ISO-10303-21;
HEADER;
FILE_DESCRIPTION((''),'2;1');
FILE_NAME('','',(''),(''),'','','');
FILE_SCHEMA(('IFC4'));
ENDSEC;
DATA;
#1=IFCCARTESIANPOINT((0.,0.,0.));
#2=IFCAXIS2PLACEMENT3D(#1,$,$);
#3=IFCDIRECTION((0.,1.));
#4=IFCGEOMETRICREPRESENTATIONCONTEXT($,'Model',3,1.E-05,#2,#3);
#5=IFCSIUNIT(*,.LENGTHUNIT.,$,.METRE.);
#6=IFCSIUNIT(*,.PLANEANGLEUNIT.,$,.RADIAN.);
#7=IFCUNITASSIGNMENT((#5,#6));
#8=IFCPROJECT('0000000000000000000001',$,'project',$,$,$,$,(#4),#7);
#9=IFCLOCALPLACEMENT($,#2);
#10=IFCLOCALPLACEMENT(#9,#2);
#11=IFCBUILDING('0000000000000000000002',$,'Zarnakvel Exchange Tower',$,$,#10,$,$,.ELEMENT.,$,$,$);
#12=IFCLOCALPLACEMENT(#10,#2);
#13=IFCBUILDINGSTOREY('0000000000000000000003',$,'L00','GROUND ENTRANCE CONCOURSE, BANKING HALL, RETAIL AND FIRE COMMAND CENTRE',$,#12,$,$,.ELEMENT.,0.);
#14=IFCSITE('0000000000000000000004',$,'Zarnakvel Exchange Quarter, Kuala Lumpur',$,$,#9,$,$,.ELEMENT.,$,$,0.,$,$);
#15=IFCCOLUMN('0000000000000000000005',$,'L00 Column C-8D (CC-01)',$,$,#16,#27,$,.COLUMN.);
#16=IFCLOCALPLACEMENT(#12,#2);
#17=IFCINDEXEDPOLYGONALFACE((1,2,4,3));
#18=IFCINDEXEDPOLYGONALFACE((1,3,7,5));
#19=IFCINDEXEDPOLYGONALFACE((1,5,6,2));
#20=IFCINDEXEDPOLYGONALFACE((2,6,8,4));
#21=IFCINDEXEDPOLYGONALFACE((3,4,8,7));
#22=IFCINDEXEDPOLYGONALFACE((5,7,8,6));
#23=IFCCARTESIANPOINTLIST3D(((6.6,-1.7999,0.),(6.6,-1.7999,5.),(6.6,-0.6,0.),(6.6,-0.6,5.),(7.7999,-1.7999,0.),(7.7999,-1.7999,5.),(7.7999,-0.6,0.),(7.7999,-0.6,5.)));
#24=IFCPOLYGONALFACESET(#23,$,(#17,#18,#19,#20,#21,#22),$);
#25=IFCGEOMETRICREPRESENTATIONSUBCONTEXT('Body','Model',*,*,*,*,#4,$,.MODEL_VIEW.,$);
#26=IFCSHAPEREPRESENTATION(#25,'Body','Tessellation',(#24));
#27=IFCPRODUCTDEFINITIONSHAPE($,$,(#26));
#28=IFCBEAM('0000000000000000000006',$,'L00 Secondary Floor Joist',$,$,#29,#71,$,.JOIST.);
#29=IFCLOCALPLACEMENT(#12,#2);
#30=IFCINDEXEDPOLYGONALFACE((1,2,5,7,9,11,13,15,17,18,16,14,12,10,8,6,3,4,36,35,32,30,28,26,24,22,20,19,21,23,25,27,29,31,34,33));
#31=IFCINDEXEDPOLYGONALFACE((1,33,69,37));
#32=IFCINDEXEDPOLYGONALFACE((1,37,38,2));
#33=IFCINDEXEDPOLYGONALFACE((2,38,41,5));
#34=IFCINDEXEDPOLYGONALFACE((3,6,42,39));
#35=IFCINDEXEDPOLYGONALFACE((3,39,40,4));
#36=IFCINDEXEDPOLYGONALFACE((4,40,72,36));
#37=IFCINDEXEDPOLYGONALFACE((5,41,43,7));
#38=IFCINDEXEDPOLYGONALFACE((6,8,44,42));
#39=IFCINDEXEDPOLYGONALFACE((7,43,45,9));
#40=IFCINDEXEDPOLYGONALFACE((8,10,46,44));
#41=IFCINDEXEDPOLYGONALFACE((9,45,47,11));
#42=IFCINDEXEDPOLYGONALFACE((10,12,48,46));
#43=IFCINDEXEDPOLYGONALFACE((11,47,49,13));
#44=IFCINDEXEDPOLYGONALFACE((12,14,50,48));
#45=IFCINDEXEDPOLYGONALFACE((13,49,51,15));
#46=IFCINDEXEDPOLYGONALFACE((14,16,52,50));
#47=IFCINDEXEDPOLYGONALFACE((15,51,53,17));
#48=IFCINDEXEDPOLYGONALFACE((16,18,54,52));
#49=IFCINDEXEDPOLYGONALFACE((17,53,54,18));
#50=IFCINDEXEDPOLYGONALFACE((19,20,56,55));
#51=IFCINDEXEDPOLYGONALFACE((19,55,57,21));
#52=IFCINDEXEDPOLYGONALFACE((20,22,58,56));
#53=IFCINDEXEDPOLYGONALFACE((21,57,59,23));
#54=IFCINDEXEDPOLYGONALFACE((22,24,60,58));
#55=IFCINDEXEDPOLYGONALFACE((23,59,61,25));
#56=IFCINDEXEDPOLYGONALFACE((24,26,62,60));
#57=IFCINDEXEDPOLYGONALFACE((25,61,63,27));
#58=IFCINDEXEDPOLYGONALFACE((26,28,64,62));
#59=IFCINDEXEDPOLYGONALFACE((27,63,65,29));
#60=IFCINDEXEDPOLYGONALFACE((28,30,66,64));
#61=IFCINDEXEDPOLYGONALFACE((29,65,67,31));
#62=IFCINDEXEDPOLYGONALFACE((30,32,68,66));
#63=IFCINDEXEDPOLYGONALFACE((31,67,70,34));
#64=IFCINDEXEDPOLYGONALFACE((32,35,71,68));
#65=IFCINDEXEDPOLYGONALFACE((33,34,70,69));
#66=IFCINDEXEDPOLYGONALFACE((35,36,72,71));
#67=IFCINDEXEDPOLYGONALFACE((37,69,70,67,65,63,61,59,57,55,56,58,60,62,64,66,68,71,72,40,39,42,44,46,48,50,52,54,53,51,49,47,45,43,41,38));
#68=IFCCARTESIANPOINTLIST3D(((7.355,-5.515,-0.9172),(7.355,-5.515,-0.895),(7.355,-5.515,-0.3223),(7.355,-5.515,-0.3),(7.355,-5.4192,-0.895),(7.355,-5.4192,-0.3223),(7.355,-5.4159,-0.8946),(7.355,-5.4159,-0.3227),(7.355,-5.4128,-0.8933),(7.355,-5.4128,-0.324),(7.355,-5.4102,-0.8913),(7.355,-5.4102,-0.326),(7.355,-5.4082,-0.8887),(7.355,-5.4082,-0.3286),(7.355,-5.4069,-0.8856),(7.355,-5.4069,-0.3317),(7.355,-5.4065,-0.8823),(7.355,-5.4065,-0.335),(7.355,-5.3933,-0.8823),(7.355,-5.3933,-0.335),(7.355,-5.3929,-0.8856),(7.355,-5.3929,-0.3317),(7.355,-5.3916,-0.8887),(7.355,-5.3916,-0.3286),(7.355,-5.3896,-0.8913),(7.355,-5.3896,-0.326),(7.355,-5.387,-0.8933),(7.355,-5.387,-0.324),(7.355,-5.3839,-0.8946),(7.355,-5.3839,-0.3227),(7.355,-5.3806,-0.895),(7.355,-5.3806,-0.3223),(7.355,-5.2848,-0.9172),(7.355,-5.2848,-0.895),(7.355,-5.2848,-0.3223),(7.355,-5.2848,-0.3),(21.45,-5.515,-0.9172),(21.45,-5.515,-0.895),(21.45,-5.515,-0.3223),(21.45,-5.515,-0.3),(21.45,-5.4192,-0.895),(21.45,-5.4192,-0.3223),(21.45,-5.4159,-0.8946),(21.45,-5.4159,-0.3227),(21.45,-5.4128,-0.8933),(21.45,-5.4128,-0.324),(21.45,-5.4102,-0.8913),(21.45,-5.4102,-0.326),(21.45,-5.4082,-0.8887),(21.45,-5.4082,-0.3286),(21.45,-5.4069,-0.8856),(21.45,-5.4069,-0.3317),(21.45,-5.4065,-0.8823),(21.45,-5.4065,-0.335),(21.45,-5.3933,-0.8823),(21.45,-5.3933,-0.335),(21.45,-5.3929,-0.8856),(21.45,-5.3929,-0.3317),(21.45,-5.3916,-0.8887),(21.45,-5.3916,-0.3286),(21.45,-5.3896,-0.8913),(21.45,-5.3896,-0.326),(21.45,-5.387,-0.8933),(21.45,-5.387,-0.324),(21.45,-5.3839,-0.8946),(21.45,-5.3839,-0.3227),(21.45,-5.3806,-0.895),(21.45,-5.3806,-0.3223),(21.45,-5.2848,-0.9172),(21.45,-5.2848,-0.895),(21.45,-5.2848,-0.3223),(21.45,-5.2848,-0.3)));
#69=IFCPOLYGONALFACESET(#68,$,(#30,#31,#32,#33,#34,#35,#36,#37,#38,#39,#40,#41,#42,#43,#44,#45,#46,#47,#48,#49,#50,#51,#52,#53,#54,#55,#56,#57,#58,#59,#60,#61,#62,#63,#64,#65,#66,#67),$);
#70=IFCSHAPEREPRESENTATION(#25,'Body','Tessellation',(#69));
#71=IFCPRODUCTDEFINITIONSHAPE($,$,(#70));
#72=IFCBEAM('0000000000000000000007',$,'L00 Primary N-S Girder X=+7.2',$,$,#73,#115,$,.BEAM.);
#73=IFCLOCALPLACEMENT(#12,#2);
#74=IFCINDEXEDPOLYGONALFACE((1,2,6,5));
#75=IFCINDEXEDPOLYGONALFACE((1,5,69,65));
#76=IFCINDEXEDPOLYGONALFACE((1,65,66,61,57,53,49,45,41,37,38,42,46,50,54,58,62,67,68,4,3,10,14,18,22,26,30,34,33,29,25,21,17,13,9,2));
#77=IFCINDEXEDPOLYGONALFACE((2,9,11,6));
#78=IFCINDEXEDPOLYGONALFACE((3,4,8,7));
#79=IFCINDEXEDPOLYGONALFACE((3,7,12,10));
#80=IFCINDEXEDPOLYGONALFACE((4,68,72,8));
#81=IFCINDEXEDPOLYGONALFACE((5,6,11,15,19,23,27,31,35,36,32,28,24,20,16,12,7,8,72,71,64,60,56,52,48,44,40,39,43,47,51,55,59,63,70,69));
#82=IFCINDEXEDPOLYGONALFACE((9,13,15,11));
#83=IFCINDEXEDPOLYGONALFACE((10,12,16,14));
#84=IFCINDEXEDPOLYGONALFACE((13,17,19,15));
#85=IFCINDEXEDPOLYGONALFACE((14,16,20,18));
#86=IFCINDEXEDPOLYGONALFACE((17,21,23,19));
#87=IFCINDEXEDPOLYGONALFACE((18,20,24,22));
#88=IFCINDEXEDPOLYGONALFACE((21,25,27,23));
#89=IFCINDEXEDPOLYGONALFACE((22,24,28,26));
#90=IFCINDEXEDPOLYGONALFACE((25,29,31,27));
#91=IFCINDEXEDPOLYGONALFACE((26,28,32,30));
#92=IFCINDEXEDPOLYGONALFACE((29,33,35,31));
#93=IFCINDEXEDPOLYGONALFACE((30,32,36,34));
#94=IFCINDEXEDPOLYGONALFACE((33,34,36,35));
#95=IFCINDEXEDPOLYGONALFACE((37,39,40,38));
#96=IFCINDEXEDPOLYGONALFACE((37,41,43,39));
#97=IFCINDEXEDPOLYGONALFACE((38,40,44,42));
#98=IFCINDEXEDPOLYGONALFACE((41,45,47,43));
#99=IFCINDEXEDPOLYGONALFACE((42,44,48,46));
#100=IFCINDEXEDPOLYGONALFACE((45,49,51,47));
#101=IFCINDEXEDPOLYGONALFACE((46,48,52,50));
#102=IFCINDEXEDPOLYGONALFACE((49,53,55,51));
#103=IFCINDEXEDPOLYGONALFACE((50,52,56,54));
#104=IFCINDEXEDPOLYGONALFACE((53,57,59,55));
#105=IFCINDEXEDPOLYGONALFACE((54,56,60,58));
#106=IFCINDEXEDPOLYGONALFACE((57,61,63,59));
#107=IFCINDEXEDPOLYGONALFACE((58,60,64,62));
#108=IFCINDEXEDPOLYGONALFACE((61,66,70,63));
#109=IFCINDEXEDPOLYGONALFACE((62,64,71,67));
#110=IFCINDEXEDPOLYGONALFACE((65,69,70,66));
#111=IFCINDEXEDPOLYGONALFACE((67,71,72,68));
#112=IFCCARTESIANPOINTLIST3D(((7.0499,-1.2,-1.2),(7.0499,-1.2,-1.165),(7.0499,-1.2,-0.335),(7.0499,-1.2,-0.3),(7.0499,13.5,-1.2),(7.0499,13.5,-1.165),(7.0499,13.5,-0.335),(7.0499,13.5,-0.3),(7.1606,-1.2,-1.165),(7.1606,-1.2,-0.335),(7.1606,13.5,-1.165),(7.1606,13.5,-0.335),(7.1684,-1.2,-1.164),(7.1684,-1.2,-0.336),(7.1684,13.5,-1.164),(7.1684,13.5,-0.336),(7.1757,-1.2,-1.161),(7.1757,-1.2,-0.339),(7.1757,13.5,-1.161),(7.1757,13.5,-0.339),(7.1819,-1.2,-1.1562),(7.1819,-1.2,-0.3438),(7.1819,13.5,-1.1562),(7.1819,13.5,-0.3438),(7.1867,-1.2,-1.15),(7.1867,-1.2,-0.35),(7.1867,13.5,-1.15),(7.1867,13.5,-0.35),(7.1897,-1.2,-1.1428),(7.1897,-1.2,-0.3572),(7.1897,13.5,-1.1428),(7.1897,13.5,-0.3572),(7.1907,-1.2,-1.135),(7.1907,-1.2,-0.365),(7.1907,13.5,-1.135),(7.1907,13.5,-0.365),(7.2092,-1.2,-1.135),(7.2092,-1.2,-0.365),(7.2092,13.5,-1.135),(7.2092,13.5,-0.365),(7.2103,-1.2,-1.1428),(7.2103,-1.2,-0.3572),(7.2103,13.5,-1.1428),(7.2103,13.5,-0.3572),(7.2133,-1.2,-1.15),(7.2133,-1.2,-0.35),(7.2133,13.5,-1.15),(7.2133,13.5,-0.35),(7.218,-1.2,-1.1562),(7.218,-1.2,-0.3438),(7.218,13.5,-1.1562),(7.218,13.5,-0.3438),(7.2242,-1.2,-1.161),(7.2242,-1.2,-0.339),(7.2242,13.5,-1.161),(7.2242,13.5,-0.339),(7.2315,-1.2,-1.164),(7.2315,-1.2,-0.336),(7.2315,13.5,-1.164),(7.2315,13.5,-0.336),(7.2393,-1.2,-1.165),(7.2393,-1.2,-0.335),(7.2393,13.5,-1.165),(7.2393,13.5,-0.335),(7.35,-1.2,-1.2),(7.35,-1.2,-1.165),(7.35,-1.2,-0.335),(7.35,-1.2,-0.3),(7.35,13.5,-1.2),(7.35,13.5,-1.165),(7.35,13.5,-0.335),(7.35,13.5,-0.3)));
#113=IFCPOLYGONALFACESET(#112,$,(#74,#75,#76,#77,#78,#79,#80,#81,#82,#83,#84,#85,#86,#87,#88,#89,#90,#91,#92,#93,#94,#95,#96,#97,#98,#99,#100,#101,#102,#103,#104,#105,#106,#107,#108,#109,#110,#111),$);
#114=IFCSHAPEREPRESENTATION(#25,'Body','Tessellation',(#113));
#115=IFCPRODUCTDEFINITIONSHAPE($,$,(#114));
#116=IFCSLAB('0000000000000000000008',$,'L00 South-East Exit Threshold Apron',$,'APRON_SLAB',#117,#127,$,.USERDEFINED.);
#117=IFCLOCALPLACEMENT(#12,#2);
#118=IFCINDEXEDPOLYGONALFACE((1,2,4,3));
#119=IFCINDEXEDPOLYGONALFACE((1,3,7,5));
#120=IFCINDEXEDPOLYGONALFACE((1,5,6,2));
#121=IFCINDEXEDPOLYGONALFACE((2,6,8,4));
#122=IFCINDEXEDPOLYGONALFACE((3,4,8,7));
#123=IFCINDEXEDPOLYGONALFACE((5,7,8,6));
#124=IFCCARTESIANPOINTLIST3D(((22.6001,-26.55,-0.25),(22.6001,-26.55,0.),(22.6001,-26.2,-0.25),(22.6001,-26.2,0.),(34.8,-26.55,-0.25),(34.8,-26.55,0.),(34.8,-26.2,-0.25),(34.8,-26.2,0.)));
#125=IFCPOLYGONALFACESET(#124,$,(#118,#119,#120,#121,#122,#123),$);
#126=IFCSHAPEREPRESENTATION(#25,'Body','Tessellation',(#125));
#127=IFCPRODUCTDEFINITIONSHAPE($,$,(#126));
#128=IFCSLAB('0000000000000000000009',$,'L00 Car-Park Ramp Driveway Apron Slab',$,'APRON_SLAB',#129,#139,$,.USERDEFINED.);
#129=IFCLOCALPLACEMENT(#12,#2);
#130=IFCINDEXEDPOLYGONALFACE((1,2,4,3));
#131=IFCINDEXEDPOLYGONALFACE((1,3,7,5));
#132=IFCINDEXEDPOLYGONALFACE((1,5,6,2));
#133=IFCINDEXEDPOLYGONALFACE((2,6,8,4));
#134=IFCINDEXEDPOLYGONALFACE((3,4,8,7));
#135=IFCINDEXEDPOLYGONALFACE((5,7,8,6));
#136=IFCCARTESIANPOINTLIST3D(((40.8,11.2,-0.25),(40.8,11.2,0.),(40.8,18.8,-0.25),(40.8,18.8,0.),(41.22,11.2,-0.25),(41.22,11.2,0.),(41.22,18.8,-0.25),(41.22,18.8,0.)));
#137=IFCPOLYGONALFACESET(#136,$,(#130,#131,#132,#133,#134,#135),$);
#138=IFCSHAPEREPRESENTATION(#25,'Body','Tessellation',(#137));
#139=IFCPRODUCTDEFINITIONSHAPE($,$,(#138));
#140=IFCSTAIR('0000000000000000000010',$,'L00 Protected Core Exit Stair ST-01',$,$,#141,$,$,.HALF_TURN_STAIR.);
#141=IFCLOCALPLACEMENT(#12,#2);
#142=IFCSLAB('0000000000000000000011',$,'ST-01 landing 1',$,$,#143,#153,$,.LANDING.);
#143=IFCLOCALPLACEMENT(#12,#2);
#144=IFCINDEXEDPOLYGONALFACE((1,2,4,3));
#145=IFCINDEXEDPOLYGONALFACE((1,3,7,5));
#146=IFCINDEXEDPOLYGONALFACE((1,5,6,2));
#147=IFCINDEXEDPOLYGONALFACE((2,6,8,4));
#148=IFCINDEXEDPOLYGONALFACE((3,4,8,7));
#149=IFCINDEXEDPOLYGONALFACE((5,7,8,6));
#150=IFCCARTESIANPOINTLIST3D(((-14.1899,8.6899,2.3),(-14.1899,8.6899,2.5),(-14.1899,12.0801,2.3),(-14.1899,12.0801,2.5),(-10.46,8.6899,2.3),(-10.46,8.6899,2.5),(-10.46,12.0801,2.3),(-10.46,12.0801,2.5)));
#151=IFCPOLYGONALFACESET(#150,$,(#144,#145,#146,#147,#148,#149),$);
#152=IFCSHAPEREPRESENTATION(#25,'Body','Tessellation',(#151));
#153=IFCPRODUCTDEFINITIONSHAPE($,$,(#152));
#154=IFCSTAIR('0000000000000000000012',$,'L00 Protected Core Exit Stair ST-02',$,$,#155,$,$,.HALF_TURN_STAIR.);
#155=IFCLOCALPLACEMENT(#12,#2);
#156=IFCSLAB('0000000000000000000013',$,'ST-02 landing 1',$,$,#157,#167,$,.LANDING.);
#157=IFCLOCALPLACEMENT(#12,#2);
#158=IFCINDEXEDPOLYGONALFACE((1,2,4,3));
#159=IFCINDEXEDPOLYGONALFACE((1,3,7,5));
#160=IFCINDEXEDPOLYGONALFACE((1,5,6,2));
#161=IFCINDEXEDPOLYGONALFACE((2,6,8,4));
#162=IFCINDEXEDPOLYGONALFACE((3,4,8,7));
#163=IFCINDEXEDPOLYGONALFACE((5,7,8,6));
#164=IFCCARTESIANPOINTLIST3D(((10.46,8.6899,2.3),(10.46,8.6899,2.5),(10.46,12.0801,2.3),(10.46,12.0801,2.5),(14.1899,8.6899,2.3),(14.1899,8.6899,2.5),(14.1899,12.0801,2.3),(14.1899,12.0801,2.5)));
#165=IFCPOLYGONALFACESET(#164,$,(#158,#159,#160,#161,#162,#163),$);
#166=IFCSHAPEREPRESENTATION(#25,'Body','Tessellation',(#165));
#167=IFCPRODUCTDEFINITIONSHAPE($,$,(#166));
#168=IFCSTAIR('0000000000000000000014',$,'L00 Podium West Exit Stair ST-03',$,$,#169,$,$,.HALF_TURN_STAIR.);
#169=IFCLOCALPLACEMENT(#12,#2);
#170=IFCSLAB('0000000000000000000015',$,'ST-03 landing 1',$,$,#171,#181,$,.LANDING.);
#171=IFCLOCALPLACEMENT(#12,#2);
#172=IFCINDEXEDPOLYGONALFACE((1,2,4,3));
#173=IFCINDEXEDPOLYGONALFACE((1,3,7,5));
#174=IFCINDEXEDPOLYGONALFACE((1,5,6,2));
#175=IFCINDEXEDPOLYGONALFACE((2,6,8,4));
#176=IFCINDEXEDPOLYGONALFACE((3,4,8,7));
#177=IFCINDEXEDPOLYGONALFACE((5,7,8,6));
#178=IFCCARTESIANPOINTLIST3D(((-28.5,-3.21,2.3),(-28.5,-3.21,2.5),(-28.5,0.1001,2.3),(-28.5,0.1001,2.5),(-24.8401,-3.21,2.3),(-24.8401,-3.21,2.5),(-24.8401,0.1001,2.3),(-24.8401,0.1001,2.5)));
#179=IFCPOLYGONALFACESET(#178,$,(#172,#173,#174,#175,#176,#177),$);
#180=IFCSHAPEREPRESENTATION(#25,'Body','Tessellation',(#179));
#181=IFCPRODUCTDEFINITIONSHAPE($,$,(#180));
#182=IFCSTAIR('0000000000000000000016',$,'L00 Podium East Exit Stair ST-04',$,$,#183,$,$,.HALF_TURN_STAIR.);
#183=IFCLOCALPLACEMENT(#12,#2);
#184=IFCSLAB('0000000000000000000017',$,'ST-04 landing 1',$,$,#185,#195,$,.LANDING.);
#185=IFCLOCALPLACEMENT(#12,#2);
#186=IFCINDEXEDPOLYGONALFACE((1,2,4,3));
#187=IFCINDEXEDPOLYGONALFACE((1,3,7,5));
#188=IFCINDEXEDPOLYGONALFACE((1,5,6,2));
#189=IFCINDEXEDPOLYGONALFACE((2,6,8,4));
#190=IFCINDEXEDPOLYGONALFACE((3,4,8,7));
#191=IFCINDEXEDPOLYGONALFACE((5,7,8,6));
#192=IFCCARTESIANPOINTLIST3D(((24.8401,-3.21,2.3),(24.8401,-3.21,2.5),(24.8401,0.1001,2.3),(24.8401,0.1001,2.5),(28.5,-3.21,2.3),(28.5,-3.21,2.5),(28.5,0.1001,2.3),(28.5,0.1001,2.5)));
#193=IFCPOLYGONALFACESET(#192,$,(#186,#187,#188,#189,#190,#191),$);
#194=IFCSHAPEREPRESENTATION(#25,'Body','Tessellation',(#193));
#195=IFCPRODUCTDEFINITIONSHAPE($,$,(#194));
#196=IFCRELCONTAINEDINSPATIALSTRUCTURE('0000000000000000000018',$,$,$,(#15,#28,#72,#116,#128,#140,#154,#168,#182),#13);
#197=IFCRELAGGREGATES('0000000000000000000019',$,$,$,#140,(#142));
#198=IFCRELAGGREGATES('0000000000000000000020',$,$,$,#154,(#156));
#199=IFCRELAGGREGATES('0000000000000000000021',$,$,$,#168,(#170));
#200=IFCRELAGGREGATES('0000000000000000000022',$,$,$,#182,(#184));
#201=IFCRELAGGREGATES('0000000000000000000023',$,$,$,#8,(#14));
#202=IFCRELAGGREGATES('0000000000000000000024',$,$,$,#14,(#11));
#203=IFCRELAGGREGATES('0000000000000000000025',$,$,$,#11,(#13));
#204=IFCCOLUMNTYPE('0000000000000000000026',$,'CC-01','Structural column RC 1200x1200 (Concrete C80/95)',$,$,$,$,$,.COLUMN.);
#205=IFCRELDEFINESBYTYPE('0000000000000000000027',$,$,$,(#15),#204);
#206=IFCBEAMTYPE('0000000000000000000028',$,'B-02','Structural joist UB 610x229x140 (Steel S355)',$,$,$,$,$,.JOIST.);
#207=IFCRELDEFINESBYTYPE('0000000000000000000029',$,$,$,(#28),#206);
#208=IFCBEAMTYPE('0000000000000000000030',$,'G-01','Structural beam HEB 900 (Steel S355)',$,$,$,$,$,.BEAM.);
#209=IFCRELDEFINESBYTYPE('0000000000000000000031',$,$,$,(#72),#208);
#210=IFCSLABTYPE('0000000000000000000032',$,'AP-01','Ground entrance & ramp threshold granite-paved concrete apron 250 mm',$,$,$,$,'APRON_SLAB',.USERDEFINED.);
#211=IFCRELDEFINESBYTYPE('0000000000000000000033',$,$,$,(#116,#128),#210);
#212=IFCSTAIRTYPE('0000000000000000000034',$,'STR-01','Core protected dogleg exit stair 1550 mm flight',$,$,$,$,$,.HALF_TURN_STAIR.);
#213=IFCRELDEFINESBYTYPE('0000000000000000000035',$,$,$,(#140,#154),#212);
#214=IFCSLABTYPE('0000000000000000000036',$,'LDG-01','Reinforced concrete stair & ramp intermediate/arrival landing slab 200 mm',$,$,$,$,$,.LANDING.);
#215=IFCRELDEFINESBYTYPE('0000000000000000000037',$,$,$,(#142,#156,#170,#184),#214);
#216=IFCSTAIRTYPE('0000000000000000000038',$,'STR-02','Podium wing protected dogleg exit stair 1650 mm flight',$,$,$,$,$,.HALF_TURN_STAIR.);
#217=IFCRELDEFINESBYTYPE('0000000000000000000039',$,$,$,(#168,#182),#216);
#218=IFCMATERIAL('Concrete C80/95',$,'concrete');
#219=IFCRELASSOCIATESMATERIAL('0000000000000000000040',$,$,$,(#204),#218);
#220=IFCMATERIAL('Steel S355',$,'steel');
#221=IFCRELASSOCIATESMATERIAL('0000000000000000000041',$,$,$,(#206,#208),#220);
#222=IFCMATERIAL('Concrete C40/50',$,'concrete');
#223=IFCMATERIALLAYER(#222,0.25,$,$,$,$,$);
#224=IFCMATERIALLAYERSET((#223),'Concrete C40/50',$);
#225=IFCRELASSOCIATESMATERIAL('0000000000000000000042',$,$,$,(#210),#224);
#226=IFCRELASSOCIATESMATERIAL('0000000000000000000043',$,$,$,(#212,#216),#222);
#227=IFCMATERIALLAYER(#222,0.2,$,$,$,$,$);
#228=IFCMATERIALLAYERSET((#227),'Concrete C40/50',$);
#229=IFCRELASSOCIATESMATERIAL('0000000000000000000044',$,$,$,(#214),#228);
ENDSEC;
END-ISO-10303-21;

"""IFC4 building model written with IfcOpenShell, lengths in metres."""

from ifc_helpers import new_model, si_unit, direction, frame, origin, origin_2d, place, context, subcontext, project, spatial, polyline, rectangle, i_section, outline, extrude, material, layer, layer_set, material_profile, profile_set, type_object, element, aggregate, save


model = new_model("IFC4")

# Units and contexts
model_context = context("Model", 3, precision=1e-05, world=origin(), true_north=direction((0.0, 1.0)))
body_context = subcontext(model_context, "Body", "Model", "MODEL_VIEW")
ifc_project = project(units=[si_unit("LENGTHUNIT", "METRE"), si_unit("PLANEANGLEUNIT", "RADIAN")], contexts=[model_context])

# Site, building, storey
site_placement = place(None, origin())
site = spatial("IfcSite", under=ifc_project, at=site_placement, Name="Zarnakvel Exchange Quarter, Kuala Lumpur", CompositionType="ELEMENT", RefElevation=0.0)
building_placement = place(site_placement, origin())
building = spatial("IfcBuilding", under=site, at=building_placement, Name="Zarnakvel Exchange Tower", CompositionType="ELEMENT")
storey_placement = place(building_placement, origin())
storey = spatial("IfcBuildingStorey", under=building, at=storey_placement, Name="L00", Description="GROUND ENTRANCE CONCOURSE, BANKING HALL, RETAIL AND FIRE COMMAND CENTRE", CompositionType="ELEMENT", Elevation=0.0)

# Column
ifc_material_1 = material(Name="Concrete C80/95", Category="concrete")
ifc_material_profile_1 = material_profile(ifc_material_1, rectangle(XDim=1.2, YDim=1.2, at=origin_2d()))
ifc_profile_set_1 = profile_set([ifc_material_profile_1], Name="Concrete C80/95")
column_type = type_object("IfcColumnType", Name="CC-01", Description="Structural column RC 1200x1200 (Concrete C80/95)", PredefinedType="COLUMN", material=ifc_profile_set_1)
column_placement = place(storey_placement, frame((7.2, -1.2, 0.0), z_axis=(0.0, 0.0, 1.0), x_axis=(1.0, 0.0, 0.0)))
element("IfcColumn", 1, at=column_placement, inside=storey, type_object=column_type, Name="L00 Column C-8D (CC-01)", PredefinedType="COLUMN", context=body_context, shape_type="SweptSolid", body=[
    extrude(rectangle(XDim=1.2, YDim=1.2, at=origin_2d()), origin(), (0.0, 0.0, 1.0), 5.0),
])

# Beams
ifc_material_2 = material(Name="Steel S355", Category="steel")
ifc_material_profile_2 = material_profile(ifc_material_2, i_section(OverallWidth=0.2302, OverallDepth=0.6172, WebThickness=0.0132, FlangeThickness=0.0222, FilletRadius=0.0127, at=origin_2d()))
ifc_profile_set_2 = profile_set([ifc_material_profile_2], Name="Steel S355")
beam_type_1 = type_object("IfcBeamType", Name="B-02", Description="Structural joist UB 610x229x140 (Steel S355)", PredefinedType="JOIST", material=ifc_profile_set_2)
beam_1_placement = place(storey_placement, frame((7.355, -5.3999, -0.6086), z_axis=(1.0, 0.0, 0.0), x_axis=(0.0, 1.0, 0.0)))
element("IfcBeam", 2, at=beam_1_placement, inside=storey, type_object=beam_type_1, Name="L00 Secondary Floor Joist", PredefinedType="JOIST", context=body_context, shape_type="SweptSolid", body=[
    extrude(i_section(OverallWidth=0.2302, OverallDepth=0.6172, WebThickness=0.0132, FlangeThickness=0.0222, FilletRadius=0.0127, at=origin_2d()), origin(), (0.0, 0.0, 1.0), 14.095),
])
ifc_material_profile_3 = material_profile(ifc_material_2, i_section(OverallWidth=0.3, OverallDepth=0.8999, WebThickness=0.0186, FlangeThickness=0.0349, FilletRadius=0.03, at=origin_2d()))
ifc_profile_set_3 = profile_set([ifc_material_profile_3], Name="Steel S355")
beam_type_2 = type_object("IfcBeamType", Name="G-01", Description="Structural beam HEB 900 (Steel S355)", PredefinedType="BEAM", material=ifc_profile_set_3)
beam_2_placement = place(storey_placement, frame((7.2, -1.2, -0.75), z_axis=(0.0, 1.0, 0.0), x_axis=(-1.0, 0.0, 0.0)))
element("IfcBeam", 3, at=beam_2_placement, inside=storey, type_object=beam_type_2, Name="L00 Primary N-S Girder X=+7.2", PredefinedType="BEAM", context=body_context, shape_type="SweptSolid", body=[
    extrude(i_section(OverallWidth=0.3, OverallDepth=0.8999, WebThickness=0.0186, FlangeThickness=0.0349, FilletRadius=0.03, at=origin_2d()), origin(), (0.0, 0.0, 1.0), 14.7),
])

# Slabs
ifc_material_3 = material(Name="Concrete C40/50", Category="concrete")
ifc_layer_1 = layer(ifc_material_3, 0.25)
ifc_layer_set_1 = layer_set([ifc_layer_1], Name="Concrete C40/50")
slab_type_1 = type_object("IfcSlabType", Name="AP-01", Description="Ground entrance & ramp threshold granite-paved concrete apron 250 mm", ElementType="APRON_SLAB", PredefinedType="USERDEFINED", material=ifc_layer_set_1)
slab_1_placement = place(storey_placement, frame((0.0, 0.0, -0.25)))
element("IfcSlab", 4, at=slab_1_placement, inside=storey, type_object=slab_type_1, Name="L00 South-East Exit Threshold Apron", ObjectType="APRON_SLAB", PredefinedType="USERDEFINED", context=body_context, shape_type="SweptSolid", body=[
    extrude(outline(polyline([(22.6001, -26.55), (34.8, -26.55), (34.8, -26.2), (22.6001, -26.2), (22.6001, -26.55)])), origin(), (0.0, 0.0, 1.0), 0.25),
])
slab_2_placement = place(storey_placement, frame((0.0, 0.0, -0.25)))
element("IfcSlab", 5, at=slab_2_placement, inside=storey, type_object=slab_type_1, Name="L00 Car-Park Ramp Driveway Apron Slab", ObjectType="APRON_SLAB", PredefinedType="USERDEFINED", context=body_context, shape_type="SweptSolid", body=[
    extrude(outline(polyline([(40.8, 11.2), (41.22, 11.2), (41.22, 18.8), (40.8, 18.8), (40.8, 11.2)])), origin(), (0.0, 0.0, 1.0), 0.25),
])

# Stairs, slabs
stair_type_1 = type_object("IfcStairType", Name="STR-01", Description="Core protected dogleg exit stair 1550 mm flight", PredefinedType="HALF_TURN_STAIR", material=ifc_material_3)
stair_1_placement = place(storey_placement, origin())
stair_1 = element("IfcStair", 6, at=stair_1_placement, inside=storey, type_object=stair_type_1, Name="L00 Protected Core Exit Stair ST-01", PredefinedType="HALF_TURN_STAIR")
ifc_layer_2 = layer(ifc_material_3, 0.2)
ifc_layer_set_2 = layer_set([ifc_layer_2], Name="Concrete C40/50")
slab_type_2 = type_object("IfcSlabType", Name="LDG-01", Description="Reinforced concrete stair & ramp intermediate/arrival landing slab 200 mm", PredefinedType="LANDING", material=ifc_layer_set_2)
slab_3_placement = place(storey_placement, frame((0.0, 0.0, 2.3)))
slab_3 = element("IfcSlab", 7, at=slab_3_placement, type_object=slab_type_2, Name="ST-01 landing 1", PredefinedType="LANDING", context=body_context, shape_type="SweptSolid", body=[
    extrude(outline(polyline([(-14.1899, 8.6899), (-10.46, 8.6899), (-10.46, 12.0801), (-14.1899, 12.0801), (-14.1899, 8.6899)])), origin(), (0.0, 0.0, 1.0), 0.2),
])
aggregate(stair_1, [slab_3])
stair_2_placement = place(storey_placement, origin())
stair_2 = element("IfcStair", 8, at=stair_2_placement, inside=storey, type_object=stair_type_1, Name="L00 Protected Core Exit Stair ST-02", PredefinedType="HALF_TURN_STAIR")
slab_4_placement = place(storey_placement, frame((0.0, 0.0, 2.3)))
slab_4 = element("IfcSlab", 9, at=slab_4_placement, type_object=slab_type_2, Name="ST-02 landing 1", PredefinedType="LANDING", context=body_context, shape_type="SweptSolid", body=[
    extrude(outline(polyline([(10.46, 8.6899), (14.1899, 8.6899), (14.1899, 12.0801), (10.46, 12.0801), (10.46, 8.6899)])), origin(), (0.0, 0.0, 1.0), 0.2),
])
aggregate(stair_2, [slab_4])
stair_type_2 = type_object("IfcStairType", Name="STR-02", Description="Podium wing protected dogleg exit stair 1650 mm flight", PredefinedType="HALF_TURN_STAIR", material=ifc_material_3)
stair_3_placement = place(storey_placement, origin())
stair_3 = element("IfcStair", 10, at=stair_3_placement, inside=storey, type_object=stair_type_2, Name="L00 Podium West Exit Stair ST-03", PredefinedType="HALF_TURN_STAIR")
slab_5_placement = place(storey_placement, frame((0.0, 0.0, 2.3)))
slab_5 = element("IfcSlab", 11, at=slab_5_placement, type_object=slab_type_2, Name="ST-03 landing 1", PredefinedType="LANDING", context=body_context, shape_type="SweptSolid", body=[
    extrude(outline(polyline([(-28.5, -3.21), (-24.8401, -3.21), (-24.8401, 0.1001), (-28.5, 0.1001), (-28.5, -3.21)])), origin(), (0.0, 0.0, 1.0), 0.2),
])
aggregate(stair_3, [slab_5])
stair_4_placement = place(storey_placement, origin())
stair_4 = element("IfcStair", 12, at=stair_4_placement, inside=storey, type_object=stair_type_2, Name="L00 Podium East Exit Stair ST-04", PredefinedType="HALF_TURN_STAIR")
slab_6_placement = place(storey_placement, frame((0.0, 0.0, 2.3)))
slab_6 = element("IfcSlab", 13, at=slab_6_placement, type_object=slab_type_2, Name="ST-04 landing 1", PredefinedType="LANDING", context=body_context, shape_type="SweptSolid", body=[
    extrude(outline(polyline([(24.8401, -3.21), (28.5, -3.21), (28.5, 0.1001), (24.8401, 0.1001), (24.8401, -3.21)])), origin(), (0.0, 0.0, 1.0), 0.2),
])
aggregate(stair_4, [slab_6])

save(model, "model.ifc")
